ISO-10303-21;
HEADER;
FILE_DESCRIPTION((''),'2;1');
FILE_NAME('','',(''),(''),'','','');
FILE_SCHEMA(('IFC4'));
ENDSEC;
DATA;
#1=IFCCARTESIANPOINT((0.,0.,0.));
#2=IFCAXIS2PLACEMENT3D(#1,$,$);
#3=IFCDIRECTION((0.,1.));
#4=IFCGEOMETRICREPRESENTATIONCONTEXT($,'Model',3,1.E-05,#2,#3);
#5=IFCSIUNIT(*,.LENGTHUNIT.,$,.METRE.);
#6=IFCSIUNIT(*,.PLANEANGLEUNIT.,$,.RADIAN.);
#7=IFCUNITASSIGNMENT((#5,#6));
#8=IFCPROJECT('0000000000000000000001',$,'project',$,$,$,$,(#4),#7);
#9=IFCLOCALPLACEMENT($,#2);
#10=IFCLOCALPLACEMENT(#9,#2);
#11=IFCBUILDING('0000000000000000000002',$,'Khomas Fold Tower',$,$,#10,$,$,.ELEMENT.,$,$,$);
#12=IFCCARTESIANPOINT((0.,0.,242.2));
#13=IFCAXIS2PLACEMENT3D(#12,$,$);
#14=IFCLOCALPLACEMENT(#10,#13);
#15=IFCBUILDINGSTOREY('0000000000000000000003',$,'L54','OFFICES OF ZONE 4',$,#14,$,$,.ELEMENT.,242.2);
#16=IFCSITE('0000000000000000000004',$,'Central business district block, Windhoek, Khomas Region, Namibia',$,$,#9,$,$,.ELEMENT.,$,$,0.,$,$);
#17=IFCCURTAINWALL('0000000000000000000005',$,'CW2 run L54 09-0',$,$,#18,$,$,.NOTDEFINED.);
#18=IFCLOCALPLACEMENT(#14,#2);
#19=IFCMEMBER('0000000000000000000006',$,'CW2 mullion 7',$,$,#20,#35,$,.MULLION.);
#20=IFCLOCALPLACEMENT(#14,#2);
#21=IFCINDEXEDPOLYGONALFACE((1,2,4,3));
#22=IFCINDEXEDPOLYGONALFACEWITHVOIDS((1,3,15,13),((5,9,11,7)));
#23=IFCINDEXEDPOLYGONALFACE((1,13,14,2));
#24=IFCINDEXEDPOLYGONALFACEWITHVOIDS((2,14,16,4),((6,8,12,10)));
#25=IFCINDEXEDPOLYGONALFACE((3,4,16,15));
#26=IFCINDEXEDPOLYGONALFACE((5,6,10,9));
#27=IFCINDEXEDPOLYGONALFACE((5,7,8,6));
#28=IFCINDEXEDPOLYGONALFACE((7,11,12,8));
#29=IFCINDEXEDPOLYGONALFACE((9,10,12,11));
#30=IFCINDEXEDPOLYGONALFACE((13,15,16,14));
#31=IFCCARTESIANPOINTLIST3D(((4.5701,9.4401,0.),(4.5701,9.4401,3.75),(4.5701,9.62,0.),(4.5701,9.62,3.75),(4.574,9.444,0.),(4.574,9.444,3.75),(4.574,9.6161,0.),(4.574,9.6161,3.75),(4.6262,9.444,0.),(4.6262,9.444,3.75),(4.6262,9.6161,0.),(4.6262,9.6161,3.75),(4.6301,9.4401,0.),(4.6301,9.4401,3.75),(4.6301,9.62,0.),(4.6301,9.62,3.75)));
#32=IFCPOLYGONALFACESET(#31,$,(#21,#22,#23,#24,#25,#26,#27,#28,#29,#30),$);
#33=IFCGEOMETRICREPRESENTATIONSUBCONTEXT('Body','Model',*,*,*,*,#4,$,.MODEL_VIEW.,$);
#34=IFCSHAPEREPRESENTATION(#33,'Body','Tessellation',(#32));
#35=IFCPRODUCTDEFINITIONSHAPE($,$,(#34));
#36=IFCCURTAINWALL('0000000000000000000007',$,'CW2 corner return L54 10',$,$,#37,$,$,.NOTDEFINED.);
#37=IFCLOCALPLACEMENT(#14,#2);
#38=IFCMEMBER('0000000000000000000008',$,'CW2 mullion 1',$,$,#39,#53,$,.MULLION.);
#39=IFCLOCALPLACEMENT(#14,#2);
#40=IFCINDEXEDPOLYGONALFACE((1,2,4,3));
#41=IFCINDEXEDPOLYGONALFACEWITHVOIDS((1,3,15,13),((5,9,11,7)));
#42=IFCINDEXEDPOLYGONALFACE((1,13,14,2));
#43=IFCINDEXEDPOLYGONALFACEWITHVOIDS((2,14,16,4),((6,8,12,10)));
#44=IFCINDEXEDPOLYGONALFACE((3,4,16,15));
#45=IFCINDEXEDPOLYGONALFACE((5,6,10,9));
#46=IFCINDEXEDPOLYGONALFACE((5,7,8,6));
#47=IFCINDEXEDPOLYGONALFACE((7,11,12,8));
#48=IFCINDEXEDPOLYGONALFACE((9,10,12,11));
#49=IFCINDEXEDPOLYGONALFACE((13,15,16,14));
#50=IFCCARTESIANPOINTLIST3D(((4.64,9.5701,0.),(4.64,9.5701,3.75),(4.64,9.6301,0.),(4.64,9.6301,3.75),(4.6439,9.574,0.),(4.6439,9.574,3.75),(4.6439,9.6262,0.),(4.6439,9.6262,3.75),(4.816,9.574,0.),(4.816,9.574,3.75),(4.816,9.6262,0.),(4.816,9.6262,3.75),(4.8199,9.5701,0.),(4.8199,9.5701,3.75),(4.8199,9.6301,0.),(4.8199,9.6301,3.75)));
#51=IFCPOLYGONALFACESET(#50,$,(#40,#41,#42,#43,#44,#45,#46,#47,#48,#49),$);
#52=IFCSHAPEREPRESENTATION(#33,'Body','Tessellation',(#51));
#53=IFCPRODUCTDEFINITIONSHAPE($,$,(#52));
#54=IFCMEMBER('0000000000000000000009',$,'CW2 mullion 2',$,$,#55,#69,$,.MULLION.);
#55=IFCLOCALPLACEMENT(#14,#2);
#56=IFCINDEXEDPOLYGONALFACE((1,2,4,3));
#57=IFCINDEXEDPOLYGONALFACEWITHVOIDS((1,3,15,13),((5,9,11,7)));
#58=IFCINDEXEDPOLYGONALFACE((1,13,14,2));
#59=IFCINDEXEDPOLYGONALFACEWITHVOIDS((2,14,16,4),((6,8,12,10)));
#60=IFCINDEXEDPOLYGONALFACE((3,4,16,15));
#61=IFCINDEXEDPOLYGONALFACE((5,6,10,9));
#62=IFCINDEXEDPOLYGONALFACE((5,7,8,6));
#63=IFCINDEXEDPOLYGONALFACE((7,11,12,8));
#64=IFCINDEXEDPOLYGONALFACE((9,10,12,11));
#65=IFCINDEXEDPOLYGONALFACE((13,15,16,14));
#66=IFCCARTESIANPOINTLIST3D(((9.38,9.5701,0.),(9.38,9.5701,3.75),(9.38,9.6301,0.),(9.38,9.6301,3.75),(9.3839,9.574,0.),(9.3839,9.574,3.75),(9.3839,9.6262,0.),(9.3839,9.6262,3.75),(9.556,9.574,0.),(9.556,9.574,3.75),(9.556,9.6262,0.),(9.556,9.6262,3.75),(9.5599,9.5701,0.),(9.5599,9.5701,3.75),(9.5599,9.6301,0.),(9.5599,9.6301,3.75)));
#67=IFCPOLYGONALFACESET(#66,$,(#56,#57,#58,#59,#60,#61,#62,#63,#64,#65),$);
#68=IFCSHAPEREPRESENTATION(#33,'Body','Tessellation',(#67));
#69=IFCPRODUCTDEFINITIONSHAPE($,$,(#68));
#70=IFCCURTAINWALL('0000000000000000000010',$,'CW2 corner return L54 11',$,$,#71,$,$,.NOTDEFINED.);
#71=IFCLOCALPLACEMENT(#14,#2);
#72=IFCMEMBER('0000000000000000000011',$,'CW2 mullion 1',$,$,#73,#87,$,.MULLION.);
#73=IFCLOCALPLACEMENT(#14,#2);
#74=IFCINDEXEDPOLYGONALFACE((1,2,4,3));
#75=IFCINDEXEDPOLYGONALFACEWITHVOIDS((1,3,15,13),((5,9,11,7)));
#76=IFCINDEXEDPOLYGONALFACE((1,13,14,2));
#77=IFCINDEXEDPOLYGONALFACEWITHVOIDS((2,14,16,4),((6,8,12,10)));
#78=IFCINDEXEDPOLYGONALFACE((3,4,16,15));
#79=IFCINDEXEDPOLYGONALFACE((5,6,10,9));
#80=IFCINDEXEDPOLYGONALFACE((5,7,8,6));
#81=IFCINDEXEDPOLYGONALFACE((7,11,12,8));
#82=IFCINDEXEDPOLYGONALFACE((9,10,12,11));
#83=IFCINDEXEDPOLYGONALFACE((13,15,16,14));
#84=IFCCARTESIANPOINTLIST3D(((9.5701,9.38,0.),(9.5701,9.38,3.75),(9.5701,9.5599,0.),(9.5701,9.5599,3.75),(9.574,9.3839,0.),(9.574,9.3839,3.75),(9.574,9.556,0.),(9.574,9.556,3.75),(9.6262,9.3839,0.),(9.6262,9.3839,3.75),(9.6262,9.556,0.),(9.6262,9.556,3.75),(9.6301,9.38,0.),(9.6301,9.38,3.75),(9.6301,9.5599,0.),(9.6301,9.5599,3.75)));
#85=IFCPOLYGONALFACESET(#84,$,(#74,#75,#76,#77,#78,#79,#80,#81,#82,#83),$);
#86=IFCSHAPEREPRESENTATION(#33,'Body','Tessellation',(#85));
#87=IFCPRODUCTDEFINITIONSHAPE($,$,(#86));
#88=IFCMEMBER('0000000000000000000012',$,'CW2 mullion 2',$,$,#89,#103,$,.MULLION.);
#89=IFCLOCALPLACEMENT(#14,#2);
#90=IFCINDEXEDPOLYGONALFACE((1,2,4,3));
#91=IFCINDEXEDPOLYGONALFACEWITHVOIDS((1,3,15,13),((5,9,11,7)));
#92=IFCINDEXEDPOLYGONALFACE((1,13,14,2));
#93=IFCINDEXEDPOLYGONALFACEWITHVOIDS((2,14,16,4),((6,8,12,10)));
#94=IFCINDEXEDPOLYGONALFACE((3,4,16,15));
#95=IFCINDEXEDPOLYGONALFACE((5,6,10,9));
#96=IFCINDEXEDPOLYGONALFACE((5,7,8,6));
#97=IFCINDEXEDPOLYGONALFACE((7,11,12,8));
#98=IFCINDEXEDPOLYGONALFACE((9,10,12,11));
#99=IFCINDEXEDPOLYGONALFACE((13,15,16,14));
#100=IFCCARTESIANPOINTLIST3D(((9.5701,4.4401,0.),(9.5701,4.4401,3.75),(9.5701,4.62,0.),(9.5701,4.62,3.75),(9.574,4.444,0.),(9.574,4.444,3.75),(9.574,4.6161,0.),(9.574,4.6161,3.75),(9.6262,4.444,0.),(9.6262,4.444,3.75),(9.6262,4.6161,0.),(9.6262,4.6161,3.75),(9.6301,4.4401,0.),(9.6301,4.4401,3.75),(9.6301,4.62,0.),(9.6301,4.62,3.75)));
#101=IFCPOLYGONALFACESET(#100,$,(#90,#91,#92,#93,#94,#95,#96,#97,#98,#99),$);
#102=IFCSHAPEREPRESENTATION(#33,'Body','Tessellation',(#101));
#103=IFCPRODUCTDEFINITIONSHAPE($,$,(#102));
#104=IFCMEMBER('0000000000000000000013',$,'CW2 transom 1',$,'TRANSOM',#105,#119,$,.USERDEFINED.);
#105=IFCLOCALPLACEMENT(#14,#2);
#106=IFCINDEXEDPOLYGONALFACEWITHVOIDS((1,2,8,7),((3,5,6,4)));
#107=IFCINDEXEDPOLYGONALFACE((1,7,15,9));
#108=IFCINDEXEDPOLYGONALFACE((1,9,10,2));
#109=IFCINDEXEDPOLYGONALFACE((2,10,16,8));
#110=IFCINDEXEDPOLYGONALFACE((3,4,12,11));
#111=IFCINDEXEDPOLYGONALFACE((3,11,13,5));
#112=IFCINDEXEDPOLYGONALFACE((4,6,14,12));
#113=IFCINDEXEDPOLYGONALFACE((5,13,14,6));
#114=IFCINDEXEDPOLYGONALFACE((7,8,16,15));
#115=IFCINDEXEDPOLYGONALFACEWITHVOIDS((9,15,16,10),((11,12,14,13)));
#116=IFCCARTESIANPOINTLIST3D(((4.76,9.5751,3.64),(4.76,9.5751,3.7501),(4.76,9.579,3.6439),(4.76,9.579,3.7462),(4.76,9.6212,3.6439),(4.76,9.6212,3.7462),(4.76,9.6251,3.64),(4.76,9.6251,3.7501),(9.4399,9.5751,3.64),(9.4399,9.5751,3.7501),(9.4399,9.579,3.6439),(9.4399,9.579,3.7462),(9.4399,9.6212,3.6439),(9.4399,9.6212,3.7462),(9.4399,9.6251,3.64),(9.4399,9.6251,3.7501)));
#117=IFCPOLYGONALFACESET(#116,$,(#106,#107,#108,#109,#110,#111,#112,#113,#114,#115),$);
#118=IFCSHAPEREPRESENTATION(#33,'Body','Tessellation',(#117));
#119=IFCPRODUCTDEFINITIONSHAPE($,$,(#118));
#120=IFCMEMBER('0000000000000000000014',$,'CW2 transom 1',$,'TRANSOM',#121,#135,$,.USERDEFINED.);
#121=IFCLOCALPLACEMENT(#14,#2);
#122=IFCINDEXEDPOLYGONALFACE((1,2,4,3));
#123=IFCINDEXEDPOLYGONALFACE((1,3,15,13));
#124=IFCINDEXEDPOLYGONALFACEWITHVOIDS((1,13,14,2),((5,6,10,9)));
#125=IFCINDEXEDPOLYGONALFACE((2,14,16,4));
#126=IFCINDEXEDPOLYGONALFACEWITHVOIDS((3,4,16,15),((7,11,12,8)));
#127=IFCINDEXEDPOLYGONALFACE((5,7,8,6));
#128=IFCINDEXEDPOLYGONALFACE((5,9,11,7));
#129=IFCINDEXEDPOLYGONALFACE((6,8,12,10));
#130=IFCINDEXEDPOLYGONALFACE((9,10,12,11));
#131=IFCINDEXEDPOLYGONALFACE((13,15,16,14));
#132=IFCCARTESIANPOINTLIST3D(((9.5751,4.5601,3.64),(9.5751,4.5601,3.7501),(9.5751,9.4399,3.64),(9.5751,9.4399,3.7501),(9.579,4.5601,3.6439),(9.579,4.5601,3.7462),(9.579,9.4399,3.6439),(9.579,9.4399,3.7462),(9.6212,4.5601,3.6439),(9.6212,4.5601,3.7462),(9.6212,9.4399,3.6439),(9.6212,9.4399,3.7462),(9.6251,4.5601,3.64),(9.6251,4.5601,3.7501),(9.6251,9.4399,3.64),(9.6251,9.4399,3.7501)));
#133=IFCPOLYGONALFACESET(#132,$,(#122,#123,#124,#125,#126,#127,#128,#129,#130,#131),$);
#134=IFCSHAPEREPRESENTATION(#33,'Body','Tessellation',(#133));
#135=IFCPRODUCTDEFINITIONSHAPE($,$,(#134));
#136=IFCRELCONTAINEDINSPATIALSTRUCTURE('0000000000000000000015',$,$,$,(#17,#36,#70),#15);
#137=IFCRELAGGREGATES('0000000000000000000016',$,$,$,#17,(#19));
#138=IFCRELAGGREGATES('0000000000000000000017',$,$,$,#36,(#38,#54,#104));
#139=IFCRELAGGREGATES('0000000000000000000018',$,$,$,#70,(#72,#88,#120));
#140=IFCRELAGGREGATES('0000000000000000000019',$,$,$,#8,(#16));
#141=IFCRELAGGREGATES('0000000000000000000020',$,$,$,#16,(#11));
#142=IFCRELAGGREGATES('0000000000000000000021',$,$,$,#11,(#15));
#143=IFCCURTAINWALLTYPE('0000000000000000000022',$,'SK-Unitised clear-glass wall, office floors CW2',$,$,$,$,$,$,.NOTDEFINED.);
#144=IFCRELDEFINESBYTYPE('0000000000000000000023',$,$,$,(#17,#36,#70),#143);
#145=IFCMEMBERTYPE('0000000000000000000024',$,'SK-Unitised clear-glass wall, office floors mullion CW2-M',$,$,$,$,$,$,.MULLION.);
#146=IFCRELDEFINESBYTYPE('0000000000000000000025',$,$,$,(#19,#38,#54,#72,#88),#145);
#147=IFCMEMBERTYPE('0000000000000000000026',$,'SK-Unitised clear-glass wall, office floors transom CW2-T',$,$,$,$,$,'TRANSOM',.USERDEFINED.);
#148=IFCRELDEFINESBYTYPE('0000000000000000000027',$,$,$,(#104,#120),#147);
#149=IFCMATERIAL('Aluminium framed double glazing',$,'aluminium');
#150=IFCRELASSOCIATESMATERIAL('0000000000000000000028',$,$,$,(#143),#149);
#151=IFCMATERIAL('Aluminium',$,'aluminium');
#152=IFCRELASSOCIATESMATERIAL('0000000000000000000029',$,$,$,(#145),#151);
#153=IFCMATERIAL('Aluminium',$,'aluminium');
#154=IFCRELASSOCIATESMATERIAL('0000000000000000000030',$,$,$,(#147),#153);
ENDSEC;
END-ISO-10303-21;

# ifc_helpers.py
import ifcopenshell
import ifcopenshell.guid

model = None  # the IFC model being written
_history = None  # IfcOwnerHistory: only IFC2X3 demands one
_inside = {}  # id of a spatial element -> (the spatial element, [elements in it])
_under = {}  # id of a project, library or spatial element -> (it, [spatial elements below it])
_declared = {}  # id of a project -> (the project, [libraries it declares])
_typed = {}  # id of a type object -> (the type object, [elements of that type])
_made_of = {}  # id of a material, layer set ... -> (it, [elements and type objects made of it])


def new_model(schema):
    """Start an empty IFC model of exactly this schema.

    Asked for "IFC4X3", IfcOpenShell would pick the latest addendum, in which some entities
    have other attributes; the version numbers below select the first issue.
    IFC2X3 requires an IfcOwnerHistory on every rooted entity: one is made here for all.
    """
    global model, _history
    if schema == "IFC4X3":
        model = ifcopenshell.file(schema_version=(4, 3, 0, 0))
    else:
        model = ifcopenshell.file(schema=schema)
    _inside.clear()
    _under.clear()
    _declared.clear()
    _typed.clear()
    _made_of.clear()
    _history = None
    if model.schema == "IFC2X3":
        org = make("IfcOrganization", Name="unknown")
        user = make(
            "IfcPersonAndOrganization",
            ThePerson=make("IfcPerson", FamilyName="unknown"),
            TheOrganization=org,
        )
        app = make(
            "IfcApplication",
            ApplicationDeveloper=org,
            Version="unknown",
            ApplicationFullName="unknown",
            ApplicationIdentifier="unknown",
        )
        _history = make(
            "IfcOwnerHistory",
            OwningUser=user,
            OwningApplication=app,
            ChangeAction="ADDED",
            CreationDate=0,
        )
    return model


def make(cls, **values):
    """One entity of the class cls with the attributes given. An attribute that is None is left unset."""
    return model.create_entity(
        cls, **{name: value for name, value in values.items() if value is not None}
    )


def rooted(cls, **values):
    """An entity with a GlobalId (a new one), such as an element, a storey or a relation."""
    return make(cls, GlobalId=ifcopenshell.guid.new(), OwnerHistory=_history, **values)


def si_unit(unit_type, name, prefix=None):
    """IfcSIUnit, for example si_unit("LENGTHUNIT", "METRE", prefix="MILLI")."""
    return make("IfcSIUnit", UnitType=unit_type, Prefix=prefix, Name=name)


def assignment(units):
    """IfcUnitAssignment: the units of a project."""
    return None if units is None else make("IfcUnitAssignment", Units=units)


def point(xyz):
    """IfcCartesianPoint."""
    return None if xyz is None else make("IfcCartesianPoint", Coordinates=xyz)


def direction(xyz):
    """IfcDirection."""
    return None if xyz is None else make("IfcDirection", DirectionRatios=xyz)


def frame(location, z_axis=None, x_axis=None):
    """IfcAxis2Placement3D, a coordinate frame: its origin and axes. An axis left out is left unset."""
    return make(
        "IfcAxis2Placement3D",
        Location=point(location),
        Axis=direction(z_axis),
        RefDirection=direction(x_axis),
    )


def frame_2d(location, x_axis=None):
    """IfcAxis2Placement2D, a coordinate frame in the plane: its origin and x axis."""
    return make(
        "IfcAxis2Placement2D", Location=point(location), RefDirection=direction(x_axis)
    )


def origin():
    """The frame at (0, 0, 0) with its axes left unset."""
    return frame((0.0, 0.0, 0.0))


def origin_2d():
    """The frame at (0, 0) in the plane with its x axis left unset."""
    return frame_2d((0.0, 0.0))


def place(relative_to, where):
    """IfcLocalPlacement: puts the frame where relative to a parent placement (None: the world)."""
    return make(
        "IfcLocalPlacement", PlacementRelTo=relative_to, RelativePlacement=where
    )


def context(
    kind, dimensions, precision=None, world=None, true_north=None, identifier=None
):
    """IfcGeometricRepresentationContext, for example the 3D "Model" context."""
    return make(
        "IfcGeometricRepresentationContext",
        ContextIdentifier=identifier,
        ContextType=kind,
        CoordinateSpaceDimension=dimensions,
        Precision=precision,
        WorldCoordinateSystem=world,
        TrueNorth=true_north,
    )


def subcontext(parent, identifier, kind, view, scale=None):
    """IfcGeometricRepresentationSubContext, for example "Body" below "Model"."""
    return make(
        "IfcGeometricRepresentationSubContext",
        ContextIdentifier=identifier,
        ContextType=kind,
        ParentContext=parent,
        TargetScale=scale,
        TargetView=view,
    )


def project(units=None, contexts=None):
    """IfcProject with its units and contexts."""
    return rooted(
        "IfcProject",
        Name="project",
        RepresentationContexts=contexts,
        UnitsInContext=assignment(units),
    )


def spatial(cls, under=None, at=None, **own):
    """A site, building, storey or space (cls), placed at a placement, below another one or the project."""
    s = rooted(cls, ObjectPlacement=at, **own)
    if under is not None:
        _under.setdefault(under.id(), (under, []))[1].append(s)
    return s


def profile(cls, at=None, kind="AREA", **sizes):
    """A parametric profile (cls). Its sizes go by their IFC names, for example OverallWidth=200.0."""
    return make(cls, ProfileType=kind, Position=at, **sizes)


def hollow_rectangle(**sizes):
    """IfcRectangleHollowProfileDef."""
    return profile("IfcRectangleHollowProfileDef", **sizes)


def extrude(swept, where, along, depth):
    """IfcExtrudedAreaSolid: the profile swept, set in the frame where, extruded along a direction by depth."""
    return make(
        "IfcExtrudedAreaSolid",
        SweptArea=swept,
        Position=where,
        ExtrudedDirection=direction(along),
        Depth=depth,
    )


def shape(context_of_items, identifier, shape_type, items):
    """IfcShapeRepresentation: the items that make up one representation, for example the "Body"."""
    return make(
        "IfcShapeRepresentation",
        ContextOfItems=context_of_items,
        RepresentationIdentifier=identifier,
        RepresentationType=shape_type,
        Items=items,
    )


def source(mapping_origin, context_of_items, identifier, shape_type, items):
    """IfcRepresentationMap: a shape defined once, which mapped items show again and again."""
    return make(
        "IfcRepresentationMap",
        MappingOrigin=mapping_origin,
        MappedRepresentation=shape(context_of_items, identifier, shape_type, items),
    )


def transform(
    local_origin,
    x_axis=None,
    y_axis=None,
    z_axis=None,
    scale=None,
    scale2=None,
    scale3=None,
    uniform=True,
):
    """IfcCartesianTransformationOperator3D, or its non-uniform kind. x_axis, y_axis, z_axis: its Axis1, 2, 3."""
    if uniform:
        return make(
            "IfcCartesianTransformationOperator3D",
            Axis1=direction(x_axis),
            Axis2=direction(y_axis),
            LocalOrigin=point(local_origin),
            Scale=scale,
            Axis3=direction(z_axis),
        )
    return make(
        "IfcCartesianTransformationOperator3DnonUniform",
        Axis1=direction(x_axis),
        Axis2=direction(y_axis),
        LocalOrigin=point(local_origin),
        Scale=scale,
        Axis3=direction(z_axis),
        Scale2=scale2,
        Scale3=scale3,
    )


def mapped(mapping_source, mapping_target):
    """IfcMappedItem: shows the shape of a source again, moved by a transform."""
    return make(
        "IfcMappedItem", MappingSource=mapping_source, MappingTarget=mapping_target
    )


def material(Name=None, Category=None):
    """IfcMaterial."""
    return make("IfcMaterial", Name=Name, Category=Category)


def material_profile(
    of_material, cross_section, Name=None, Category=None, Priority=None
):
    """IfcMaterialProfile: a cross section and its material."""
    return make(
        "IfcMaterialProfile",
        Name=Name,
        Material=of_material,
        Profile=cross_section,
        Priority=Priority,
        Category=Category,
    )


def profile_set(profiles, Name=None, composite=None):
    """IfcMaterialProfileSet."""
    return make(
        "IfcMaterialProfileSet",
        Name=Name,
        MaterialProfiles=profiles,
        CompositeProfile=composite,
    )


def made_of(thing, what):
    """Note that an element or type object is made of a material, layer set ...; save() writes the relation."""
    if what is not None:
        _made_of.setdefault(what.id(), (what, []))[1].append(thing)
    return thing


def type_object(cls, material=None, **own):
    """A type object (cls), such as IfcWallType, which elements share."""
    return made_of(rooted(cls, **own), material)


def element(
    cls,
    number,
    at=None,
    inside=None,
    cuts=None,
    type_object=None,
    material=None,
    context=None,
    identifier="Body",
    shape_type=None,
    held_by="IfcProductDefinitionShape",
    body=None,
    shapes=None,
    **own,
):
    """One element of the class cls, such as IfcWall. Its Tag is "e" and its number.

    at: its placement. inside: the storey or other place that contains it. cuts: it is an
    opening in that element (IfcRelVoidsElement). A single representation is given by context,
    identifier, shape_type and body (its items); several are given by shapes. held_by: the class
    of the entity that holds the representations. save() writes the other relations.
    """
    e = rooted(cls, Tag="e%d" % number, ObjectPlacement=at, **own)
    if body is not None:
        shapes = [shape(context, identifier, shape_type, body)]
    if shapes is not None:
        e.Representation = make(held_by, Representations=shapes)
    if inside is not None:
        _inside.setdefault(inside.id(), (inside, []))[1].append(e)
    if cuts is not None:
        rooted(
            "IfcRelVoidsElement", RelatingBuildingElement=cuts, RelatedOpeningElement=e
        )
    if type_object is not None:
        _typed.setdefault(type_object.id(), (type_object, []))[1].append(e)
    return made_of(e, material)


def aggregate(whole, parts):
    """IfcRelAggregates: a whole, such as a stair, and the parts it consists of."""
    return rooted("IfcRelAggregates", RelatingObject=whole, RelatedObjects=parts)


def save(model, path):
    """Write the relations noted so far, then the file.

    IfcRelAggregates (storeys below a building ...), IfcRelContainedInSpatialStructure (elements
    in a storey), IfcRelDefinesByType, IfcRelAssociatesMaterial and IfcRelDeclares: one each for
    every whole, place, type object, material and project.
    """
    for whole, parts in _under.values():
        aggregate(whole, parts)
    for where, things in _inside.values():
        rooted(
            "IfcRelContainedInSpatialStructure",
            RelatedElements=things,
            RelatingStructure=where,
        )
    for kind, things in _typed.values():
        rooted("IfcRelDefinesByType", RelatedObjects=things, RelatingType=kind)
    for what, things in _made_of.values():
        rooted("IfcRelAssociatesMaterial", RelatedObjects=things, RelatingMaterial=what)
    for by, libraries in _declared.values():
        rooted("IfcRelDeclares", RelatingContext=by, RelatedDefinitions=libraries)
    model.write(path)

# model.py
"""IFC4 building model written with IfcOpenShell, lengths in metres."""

from ifc_helpers import new_model, si_unit, direction, frame, origin, origin_2d, place, context, subcontext, project, spatial, hollow_rectangle, extrude, source, transform, mapped, material, material_profile, profile_set, type_object, element, aggregate, save


model = new_model("IFC4")

# Units and contexts
model_context = context("Model", 3, precision=1e-05, world=origin(), true_north=direction((0.0, 1.0)))
body_context = subcontext(model_context, "Body", "Model", "MODEL_VIEW")
ifc_project = project(units=[si_unit("LENGTHUNIT", "METRE"), si_unit("PLANEANGLEUNIT", "RADIAN")], contexts=[model_context])

# Site, building, storey
site_placement = place(None, origin())
site = spatial("IfcSite", under=ifc_project, at=site_placement, Name="Central business district block, Windhoek, Khomas Region, Namibia", CompositionType="ELEMENT", RefElevation=0.0)
building_placement = place(site_placement, origin())
building = spatial("IfcBuilding", under=site, at=building_placement, Name="Khomas Fold Tower", CompositionType="ELEMENT")
storey_placement = place(building_placement, frame((0.0, 0.0, 242.2)))
storey = spatial("IfcBuildingStorey", under=building, at=storey_placement, Name="L54", Description="OFFICES OF ZONE 4", CompositionType="ELEMENT", Elevation=242.2)

# Curtain wall, member
ifc_material_1 = material(Name="Aluminium framed double glazing", Category="aluminium")
curtain_wall_type = type_object("IfcCurtainWallType", Name="SK-Unitised clear-glass wall, office floors CW2", PredefinedType="NOTDEFINED", material=ifc_material_1)
curtain_wall_1_placement = place(storey_placement, origin())
curtain_wall_1 = element("IfcCurtainWall", 1, at=curtain_wall_1_placement, inside=storey, type_object=curtain_wall_type, Name="CW2 run L54 09-0", PredefinedType="NOTDEFINED")
ifc_material_2 = material(Name="Aluminium", Category="aluminium")
ifc_material_profile_1 = material_profile(ifc_material_2, hollow_rectangle(XDim=0.0601, YDim=0.1799, WallThickness=0.0039, at=origin_2d()), Name="SK-Unitised clear-glass wall, office floors mullion CW2-M")
ifc_profile_set_1 = profile_set([ifc_material_profile_1], Name="Aluminium")
member_type_1 = type_object("IfcMemberType", Name="SK-Unitised clear-glass wall, office floors mullion CW2-M", PredefinedType="MULLION", material=ifc_profile_set_1)
shared_shape_1 = source(origin(), body_context, "Body", "SweptSolid", [
    extrude(hollow_rectangle(XDim=0.0601, YDim=0.1799, WallThickness=0.0039, at=origin_2d()), origin(), (0.0, 0.0, 1.0), 3.75),
])
member_1_placement = place(storey_placement, frame((4.6001, 9.53, 0.0), z_axis=(0.0, 0.0, 1.0), x_axis=(1.0, 0.0, 0.0)))
member_1 = element("IfcMember", 2, at=member_1_placement, type_object=member_type_1, Name="CW2 mullion 7", PredefinedType="MULLION", context=body_context, shape_type="MappedRepresentation", body=[
    mapped(shared_shape_1, transform((0.0, 0.0, 0.0))),
])

# Curtain walls, members
curtain_wall_2_placement = place(storey_placement, origin())
curtain_wall_2 = element("IfcCurtainWall", 3, at=curtain_wall_2_placement, inside=storey, type_object=curtain_wall_type, Name="CW2 corner return L54 10", PredefinedType="NOTDEFINED")
member_2_placement = place(storey_placement, frame((4.73, 9.6001, 0.0), z_axis=(0.0, 0.0, 1.0), x_axis=(0.0, 1.0, 0.0)))
member_2 = element("IfcMember", 4, at=member_2_placement, type_object=member_type_1, Name="CW2 mullion 1", PredefinedType="MULLION", context=body_context, shape_type="MappedRepresentation", body=[
    mapped(shared_shape_1, transform((0.0, 0.0, 0.0))),
])
member_3_placement = place(storey_placement, frame((9.47, 9.6001, 0.0), z_axis=(0.0, 0.0, 1.0), x_axis=(0.0, 1.0, 0.0)))
member_3 = element("IfcMember", 5, at=member_3_placement, type_object=member_type_1, Name="CW2 mullion 2", PredefinedType="MULLION", context=body_context, shape_type="MappedRepresentation", body=[
    mapped(shared_shape_1, transform((0.0, 0.0, 0.0))),
])
curtain_wall_3_placement = place(storey_placement, origin())
curtain_wall_3 = element("IfcCurtainWall", 6, at=curtain_wall_3_placement, inside=storey, type_object=curtain_wall_type, Name="CW2 corner return L54 11", PredefinedType="NOTDEFINED")
member_4_placement = place(storey_placement, frame((9.6001, 9.47, 0.0), z_axis=(0.0, 0.0, 1.0), x_axis=(1.0, 0.0, 0.0)))
member_4 = element("IfcMember", 7, at=member_4_placement, type_object=member_type_1, Name="CW2 mullion 1", PredefinedType="MULLION", context=body_context, shape_type="MappedRepresentation", body=[
    mapped(shared_shape_1, transform((0.0, 0.0, 0.0))),
])
member_5_placement = place(storey_placement, frame((9.6001, 4.53, 0.0), z_axis=(0.0, 0.0, 1.0), x_axis=(1.0, 0.0, 0.0)))
member_5 = element("IfcMember", 8, at=member_5_placement, type_object=member_type_1, Name="CW2 mullion 2", PredefinedType="MULLION", context=body_context, shape_type="MappedRepresentation", body=[
    mapped(shared_shape_1, transform((0.0, 0.0, 0.0))),
])

# Members
ifc_material_3 = material(Name="Aluminium", Category="aluminium")
ifc_material_profile_2 = material_profile(ifc_material_3, hollow_rectangle(XDim=0.05, YDim=0.1101, WallThickness=0.0039, at=origin_2d()), Name="SK-Unitised clear-glass wall, office floors transom CW2-T")
ifc_profile_set_2 = profile_set([ifc_material_profile_2], Name="Aluminium")
member_type_2 = type_object("IfcMemberType", Name="SK-Unitised clear-glass wall, office floors transom CW2-T", ElementType="TRANSOM", PredefinedType="USERDEFINED", material=ifc_profile_set_2)
shared_shape_2 = source(origin(), body_context, "Body", "SweptSolid", [
    extrude(hollow_rectangle(XDim=0.05, YDim=0.1101, WallThickness=0.0039, at=origin_2d()), origin(), (0.0, 0.0, 1.0), 4.6799),
])
member_6_placement = place(storey_placement, frame((4.76, 9.6001, 3.6951), z_axis=(1.0, 0.0, 0.0), x_axis=(0.0, 1.0, 0.0)))
member_6 = element("IfcMember", 9, at=member_6_placement, type_object=member_type_2, Name="CW2 transom 1", ObjectType="TRANSOM", PredefinedType="USERDEFINED", context=body_context, shape_type="MappedRepresentation", body=[
    mapped(shared_shape_2, transform((0.0, 0.0, 0.0))),
])
shared_shape_3 = source(origin(), body_context, "Body", "SweptSolid", [
    extrude(hollow_rectangle(XDim=0.05, YDim=0.1101, WallThickness=0.0039, at=origin_2d()), origin(), (0.0, 0.0, 1.0), 4.8799),
])
member_7_placement = place(storey_placement, frame((9.6001, 9.4399, 3.6951), z_axis=(0.0, -1.0, 0.0), x_axis=(1.0, 0.0, 0.0)))
member_7 = element("IfcMember", 10, at=member_7_placement, type_object=member_type_2, Name="CW2 transom 1", ObjectType="TRANSOM", PredefinedType="USERDEFINED", context=body_context, shape_type="MappedRepresentation", body=[
    mapped(shared_shape_3, transform((0.0, 0.0, 0.0))),
])

aggregate(curtain_wall_1, [member_1])
aggregate(curtain_wall_2, [member_2, member_3, member_6])
aggregate(curtain_wall_3, [member_4, member_5, member_7])

save(model, "model.ifc")
